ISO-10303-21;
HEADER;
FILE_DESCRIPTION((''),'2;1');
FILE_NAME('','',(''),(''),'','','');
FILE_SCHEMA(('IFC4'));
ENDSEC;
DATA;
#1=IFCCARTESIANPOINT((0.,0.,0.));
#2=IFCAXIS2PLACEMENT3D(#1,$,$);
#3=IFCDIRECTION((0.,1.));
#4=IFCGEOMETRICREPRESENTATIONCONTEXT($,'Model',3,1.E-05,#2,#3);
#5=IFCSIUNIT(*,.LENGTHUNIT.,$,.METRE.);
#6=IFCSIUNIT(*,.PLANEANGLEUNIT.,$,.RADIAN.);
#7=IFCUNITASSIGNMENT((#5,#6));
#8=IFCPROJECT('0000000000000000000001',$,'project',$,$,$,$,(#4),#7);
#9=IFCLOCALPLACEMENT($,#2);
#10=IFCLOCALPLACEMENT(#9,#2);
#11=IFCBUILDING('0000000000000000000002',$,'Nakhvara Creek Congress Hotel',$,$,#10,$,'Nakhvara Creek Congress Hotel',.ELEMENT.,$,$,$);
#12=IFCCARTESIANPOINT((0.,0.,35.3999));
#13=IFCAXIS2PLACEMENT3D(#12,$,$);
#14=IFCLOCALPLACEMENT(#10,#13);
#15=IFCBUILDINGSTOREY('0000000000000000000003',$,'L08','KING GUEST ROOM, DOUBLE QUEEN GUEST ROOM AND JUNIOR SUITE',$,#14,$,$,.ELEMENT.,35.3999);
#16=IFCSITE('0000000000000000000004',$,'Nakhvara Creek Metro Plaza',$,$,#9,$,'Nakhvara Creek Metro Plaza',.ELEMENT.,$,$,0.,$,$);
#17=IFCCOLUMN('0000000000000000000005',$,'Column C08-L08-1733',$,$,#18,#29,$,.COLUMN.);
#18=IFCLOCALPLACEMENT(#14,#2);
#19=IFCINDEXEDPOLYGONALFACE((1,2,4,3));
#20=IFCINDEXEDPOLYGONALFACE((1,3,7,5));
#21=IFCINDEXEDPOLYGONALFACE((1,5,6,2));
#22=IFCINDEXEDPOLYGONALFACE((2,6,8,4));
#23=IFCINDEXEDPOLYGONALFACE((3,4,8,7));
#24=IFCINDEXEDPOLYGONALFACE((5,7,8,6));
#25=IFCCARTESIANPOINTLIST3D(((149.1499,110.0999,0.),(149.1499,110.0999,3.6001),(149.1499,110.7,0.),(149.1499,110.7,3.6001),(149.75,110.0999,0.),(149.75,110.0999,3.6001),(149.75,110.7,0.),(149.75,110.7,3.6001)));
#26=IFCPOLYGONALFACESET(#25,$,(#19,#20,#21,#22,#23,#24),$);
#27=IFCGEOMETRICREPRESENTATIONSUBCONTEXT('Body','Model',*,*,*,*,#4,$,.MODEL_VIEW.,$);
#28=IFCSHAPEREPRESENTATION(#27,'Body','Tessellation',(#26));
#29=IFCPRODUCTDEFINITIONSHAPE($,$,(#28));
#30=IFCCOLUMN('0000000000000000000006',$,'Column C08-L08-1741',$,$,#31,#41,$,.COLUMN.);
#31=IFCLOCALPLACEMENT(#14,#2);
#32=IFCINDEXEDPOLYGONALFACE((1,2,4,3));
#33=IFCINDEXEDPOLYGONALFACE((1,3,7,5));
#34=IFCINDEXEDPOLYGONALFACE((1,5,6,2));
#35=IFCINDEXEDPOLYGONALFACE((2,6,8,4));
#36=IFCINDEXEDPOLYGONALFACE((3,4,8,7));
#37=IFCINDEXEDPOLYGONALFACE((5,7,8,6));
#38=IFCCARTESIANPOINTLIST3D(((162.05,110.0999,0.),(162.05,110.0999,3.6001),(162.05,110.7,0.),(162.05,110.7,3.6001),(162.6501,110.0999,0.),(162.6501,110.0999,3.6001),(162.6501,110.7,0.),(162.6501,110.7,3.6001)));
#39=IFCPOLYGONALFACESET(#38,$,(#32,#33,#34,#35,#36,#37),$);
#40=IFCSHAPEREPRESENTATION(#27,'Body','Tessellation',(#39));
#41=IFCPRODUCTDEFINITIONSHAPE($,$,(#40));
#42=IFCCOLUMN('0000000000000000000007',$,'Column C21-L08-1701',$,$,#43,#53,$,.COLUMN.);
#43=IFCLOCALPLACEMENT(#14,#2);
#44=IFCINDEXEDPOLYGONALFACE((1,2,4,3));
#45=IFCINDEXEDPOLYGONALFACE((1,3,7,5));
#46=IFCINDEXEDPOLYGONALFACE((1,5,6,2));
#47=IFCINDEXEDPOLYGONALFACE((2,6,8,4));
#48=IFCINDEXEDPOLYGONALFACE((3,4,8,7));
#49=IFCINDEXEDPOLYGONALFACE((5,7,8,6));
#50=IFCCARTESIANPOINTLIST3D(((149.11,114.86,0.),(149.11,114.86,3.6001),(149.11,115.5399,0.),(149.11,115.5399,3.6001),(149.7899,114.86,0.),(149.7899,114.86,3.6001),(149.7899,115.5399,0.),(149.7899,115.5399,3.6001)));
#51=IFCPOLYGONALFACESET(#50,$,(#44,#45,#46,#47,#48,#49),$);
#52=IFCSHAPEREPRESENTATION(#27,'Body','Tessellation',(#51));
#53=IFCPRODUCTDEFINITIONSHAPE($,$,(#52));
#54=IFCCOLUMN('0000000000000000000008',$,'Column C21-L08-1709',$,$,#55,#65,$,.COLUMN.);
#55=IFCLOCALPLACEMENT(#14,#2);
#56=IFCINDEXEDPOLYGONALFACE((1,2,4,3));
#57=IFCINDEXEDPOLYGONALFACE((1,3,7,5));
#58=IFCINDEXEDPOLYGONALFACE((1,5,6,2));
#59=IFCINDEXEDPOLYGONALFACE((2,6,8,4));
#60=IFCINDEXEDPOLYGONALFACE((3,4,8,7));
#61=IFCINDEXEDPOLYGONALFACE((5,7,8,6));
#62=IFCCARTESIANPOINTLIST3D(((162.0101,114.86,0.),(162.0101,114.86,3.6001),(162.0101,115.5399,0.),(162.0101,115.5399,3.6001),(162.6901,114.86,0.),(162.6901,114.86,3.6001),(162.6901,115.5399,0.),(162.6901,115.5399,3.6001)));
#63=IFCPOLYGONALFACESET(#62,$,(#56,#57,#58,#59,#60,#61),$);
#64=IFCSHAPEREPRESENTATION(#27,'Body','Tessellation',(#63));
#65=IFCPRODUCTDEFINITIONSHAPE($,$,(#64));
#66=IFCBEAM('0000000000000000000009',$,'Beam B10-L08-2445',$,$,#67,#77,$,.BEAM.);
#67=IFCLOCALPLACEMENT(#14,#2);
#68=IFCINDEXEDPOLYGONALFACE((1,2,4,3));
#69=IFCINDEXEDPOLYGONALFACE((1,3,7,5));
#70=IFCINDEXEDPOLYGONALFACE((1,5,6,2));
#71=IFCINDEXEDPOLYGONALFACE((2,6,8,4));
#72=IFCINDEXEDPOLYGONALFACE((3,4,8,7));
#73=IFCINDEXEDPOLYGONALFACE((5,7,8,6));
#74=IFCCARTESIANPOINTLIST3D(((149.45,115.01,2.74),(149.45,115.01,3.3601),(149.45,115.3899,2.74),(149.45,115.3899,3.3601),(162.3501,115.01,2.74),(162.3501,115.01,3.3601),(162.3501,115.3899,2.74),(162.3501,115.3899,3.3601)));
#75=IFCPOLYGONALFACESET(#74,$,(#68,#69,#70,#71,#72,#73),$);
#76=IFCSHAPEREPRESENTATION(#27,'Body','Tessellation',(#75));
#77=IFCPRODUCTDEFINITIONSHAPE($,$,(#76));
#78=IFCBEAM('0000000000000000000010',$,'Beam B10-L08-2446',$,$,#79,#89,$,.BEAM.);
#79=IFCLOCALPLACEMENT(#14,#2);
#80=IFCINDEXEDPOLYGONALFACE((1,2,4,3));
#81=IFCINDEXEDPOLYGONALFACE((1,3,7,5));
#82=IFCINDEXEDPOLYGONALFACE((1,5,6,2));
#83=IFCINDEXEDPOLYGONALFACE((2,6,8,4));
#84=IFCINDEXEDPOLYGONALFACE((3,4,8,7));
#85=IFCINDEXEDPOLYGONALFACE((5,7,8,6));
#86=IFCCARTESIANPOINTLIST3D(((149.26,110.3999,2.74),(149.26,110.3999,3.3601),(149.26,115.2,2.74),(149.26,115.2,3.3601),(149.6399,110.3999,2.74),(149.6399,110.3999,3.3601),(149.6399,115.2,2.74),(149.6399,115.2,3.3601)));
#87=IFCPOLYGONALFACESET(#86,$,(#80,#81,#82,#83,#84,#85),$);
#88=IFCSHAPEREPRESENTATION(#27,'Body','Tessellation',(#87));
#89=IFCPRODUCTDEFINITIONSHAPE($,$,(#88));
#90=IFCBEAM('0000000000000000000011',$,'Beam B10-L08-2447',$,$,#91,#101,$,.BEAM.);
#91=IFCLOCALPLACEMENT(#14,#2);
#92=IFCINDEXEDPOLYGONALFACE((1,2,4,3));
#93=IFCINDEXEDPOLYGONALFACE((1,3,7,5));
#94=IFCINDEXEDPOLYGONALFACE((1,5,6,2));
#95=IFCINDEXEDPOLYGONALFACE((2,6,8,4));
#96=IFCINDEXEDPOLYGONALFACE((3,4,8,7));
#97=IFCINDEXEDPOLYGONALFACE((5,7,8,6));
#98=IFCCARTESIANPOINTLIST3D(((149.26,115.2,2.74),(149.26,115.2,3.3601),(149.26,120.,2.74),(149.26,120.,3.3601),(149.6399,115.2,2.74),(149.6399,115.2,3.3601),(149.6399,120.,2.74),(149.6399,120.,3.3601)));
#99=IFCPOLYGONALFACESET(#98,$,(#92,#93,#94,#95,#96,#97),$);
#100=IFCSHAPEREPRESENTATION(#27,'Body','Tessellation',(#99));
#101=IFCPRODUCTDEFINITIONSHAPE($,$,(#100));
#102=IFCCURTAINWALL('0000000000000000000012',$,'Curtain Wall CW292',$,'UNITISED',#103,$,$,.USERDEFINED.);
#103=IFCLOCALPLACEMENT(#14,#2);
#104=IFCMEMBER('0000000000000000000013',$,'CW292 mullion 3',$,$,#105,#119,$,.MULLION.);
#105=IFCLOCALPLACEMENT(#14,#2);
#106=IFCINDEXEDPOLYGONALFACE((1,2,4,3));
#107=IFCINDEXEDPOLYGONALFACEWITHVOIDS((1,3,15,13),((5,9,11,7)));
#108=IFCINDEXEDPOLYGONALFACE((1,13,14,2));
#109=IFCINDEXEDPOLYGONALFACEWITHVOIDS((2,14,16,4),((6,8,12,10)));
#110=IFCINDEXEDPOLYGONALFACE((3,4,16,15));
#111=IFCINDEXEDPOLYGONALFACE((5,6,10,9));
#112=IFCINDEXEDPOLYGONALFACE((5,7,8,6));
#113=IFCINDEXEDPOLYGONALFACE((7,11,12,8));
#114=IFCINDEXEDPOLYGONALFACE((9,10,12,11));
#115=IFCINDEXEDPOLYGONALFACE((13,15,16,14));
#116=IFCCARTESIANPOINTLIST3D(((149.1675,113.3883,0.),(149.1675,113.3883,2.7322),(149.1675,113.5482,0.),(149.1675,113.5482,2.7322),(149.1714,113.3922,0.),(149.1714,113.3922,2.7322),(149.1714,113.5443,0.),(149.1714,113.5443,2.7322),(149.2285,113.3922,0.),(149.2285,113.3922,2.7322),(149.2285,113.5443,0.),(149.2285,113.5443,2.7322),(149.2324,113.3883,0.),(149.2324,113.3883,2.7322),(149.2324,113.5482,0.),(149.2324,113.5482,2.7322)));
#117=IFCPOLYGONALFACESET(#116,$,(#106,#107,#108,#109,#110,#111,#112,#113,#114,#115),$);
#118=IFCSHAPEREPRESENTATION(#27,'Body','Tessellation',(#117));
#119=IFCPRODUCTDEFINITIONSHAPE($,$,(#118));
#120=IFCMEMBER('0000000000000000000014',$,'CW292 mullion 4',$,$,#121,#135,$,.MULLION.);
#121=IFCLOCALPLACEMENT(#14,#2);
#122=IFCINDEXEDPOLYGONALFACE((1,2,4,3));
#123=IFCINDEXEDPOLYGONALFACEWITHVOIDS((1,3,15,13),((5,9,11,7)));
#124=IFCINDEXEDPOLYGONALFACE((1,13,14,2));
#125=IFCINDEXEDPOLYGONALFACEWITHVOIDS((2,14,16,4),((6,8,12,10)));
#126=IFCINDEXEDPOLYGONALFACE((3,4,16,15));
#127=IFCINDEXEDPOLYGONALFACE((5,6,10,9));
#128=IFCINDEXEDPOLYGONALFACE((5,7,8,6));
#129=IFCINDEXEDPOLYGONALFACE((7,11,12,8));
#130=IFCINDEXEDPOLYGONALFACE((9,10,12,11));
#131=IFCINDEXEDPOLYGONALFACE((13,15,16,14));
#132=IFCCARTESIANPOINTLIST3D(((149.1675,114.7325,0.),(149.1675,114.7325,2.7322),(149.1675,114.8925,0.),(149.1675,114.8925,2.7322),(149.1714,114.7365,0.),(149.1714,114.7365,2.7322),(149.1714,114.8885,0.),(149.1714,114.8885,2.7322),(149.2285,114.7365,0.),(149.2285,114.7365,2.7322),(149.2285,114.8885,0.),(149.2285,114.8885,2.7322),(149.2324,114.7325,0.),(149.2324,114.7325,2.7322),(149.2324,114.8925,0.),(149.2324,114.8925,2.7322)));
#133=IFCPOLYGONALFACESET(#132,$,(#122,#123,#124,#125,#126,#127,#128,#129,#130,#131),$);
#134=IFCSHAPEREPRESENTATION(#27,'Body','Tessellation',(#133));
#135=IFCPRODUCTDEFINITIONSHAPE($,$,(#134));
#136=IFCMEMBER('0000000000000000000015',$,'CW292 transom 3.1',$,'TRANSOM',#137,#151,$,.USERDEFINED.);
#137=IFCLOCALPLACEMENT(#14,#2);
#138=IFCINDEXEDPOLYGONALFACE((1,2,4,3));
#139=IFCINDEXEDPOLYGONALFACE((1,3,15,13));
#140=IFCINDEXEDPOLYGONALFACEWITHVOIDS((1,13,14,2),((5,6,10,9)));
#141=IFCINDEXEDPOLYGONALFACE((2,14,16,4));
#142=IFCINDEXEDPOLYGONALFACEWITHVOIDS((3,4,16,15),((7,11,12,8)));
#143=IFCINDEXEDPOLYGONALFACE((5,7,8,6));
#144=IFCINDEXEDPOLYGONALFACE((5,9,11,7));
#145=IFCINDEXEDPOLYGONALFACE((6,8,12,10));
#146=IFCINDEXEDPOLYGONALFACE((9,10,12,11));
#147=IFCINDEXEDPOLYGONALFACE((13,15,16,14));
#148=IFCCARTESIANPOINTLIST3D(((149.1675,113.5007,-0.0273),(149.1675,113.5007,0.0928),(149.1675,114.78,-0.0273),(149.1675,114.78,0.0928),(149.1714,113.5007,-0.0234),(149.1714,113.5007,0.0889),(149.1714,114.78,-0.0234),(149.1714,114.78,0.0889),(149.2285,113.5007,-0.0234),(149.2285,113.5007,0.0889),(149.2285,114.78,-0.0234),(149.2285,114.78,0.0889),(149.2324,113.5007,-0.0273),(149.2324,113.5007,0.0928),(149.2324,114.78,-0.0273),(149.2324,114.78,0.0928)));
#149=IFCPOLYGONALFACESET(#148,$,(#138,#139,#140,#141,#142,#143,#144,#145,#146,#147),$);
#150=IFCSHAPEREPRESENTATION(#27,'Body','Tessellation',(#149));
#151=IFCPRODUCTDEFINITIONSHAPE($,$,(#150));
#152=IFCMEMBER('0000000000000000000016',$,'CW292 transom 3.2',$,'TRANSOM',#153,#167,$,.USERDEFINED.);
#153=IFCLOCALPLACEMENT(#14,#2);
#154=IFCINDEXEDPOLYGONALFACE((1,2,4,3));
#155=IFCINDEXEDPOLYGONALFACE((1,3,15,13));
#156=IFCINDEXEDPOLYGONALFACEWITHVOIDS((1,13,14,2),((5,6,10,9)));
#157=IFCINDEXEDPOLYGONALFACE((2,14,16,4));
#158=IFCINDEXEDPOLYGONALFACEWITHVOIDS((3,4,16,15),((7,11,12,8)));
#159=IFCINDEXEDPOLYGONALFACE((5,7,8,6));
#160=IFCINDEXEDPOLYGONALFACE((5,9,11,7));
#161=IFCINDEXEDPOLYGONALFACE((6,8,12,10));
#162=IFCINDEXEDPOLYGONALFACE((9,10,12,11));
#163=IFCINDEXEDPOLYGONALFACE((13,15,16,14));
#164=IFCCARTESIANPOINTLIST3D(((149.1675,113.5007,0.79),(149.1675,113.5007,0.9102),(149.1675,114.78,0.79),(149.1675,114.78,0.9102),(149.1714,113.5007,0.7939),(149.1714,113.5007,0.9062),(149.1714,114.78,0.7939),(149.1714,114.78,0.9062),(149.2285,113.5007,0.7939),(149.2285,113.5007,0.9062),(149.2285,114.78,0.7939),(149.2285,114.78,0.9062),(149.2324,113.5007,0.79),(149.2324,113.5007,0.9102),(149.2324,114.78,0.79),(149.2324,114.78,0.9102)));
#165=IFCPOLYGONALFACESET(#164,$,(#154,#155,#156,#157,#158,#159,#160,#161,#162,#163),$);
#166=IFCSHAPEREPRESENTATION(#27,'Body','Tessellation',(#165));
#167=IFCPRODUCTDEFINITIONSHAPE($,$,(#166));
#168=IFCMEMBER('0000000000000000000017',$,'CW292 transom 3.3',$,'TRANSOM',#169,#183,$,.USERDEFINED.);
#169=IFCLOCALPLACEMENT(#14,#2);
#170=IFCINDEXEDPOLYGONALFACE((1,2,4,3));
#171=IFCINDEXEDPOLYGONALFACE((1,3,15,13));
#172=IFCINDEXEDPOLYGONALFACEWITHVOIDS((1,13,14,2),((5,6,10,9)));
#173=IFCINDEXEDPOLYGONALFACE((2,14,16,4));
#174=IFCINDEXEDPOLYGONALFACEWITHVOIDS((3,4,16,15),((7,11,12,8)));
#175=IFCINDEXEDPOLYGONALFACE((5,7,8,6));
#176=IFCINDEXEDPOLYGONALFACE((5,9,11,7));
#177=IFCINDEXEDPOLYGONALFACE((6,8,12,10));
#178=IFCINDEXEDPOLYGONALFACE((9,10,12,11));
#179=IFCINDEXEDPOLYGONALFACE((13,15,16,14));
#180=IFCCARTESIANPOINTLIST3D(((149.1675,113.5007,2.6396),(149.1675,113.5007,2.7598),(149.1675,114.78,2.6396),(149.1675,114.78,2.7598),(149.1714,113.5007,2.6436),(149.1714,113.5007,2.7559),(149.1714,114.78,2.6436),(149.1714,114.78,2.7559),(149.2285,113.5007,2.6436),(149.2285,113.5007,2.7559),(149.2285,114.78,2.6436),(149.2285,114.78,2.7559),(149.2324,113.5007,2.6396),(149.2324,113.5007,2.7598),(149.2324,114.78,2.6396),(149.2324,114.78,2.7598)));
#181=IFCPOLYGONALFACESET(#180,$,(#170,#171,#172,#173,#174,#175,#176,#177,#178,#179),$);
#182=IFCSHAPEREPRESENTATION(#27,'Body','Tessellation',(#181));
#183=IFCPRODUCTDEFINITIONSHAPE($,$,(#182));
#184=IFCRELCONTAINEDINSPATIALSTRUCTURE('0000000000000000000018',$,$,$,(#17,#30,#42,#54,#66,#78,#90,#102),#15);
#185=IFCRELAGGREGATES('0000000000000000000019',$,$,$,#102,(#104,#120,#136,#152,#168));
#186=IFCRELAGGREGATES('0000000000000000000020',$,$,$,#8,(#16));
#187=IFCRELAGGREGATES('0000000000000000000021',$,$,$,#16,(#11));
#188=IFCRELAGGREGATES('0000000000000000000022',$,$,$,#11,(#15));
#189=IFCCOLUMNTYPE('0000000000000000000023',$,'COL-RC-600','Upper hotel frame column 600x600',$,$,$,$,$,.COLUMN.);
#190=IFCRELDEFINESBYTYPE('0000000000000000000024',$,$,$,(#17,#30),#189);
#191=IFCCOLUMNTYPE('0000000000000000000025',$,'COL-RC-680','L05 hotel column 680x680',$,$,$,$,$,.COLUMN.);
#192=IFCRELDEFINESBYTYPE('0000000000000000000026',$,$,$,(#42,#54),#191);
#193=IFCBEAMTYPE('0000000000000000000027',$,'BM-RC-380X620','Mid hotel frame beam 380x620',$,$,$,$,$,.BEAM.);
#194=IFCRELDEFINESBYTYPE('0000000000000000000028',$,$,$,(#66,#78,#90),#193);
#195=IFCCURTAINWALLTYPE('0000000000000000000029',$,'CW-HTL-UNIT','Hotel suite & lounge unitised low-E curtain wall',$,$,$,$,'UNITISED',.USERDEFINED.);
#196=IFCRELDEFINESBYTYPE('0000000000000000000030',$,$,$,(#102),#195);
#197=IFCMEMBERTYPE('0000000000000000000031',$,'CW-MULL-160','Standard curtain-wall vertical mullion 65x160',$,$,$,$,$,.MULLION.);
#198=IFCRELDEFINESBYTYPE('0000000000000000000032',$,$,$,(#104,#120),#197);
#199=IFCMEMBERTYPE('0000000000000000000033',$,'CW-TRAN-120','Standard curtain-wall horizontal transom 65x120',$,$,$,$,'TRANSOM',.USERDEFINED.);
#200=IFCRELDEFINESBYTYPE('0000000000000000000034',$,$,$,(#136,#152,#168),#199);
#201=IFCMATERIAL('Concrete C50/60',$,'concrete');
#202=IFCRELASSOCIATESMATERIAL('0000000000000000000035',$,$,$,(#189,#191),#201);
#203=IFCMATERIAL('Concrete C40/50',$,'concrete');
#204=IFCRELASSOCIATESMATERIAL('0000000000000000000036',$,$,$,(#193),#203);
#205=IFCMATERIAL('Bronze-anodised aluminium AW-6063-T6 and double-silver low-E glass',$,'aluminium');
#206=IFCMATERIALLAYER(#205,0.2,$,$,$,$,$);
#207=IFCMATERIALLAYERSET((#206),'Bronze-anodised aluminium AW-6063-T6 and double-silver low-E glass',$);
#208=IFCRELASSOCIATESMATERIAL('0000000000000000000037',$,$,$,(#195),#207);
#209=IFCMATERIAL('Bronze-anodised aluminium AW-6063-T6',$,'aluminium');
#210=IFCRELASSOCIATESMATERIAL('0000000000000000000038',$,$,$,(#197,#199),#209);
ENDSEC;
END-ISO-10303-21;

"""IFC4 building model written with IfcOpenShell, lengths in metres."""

from ifc_helpers import new_model, si_unit, direction, frame, origin, origin_2d, place, context, subcontext, project, spatial, rectangle, hollow_rectangle, extrude, material, layer, layer_set, material_profile, profile_set, type_object, element, aggregate, save


model = new_model("IFC4")

# Units and contexts
model_context = context("Model", 3, precision=1e-05, world=origin(), true_north=direction((0.0, 1.0)))
body_context = subcontext(model_context, "Body", "Model", "MODEL_VIEW")
ifc_project = project(units=[si_unit("LENGTHUNIT", "METRE"), si_unit("PLANEANGLEUNIT", "RADIAN")], contexts=[model_context])

# Site, building, storey
site_placement = place(None, origin())
site = spatial("IfcSite", under=ifc_project, at=site_placement, Name="Nakhvara Creek Metro Plaza", LongName="Nakhvara Creek Metro Plaza", CompositionType="ELEMENT", RefElevation=0.0)
building_placement = place(site_placement, origin())
building = spatial("IfcBuilding", under=site, at=building_placement, Name="Nakhvara Creek Congress Hotel", LongName="Nakhvara Creek Congress Hotel", CompositionType="ELEMENT")
storey_placement = place(building_placement, frame((0.0, 0.0, 35.3999)))
storey = spatial("IfcBuildingStorey", under=building, at=storey_placement, Name="L08", Description="KING GUEST ROOM, DOUBLE QUEEN GUEST ROOM AND JUNIOR SUITE", CompositionType="ELEMENT", Elevation=35.3999)

# Columns
ifc_material_1 = material(Name="Concrete C50/60", Category="concrete")
ifc_material_profile_1 = material_profile(ifc_material_1, rectangle(XDim=0.6001, YDim=0.6001, at=origin_2d()), Name="RC-COL 600x600", Category="LoadBearing")
ifc_profile_set_1 = profile_set([ifc_material_profile_1], Name="Concrete C50/60")
column_type_1 = type_object("IfcColumnType", Name="COL-RC-600", Description="Upper hotel frame column 600x600", PredefinedType="COLUMN", material=ifc_profile_set_1)
for number, where, z_axis, x_axis, name in (
    (1, (149.45, 110.3999, 0.0), (0.0, 0.0, 1.0), (1.0, 0.0, 0.0), "Column C08-L08-1733"),
    (2, (162.3501, 110.3999, 0.0), (0.0, 0.0, 1.0), (1.0, 0.0, 0.0), "Column C08-L08-1741"),
):
    element("IfcColumn", number, at=place(storey_placement, frame(where, z_axis=z_axis, x_axis=x_axis)), inside=storey, type_object=column_type_1, Name=name, PredefinedType="COLUMN", context=body_context, shape_type="SweptSolid", body=[
        extrude(rectangle(XDim=0.6001, YDim=0.6001, at=origin_2d()), origin(), (0.0, 0.0, 1.0), 3.6001),
    ])
ifc_material_profile_2 = material_profile(ifc_material_1, rectangle(XDim=0.6799, YDim=0.6799, at=origin_2d()), Name="RC-COL 680x680", Category="LoadBearing")
ifc_profile_set_2 = profile_set([ifc_material_profile_2], Name="Concrete C50/60")
column_type_2 = type_object("IfcColumnType", Name="COL-RC-680", Description="L05 hotel column 680x680", PredefinedType="COLUMN", material=ifc_profile_set_2)
for number, where, z_axis, x_axis, name in (
    (3, (149.45, 115.2, 0.0), (0.0, 0.0, 1.0), (1.0, 0.0, 0.0), "Column C21-L08-1701"),
    (4, (162.3501, 115.2, 0.0), (0.0, 0.0, 1.0), (1.0, 0.0, 0.0), "Column C21-L08-1709"),
):
    element("IfcColumn", number, at=place(storey_placement, frame(where, z_axis=z_axis, x_axis=x_axis)), inside=storey, type_object=column_type_2, Name=name, PredefinedType="COLUMN", context=body_context, shape_type="SweptSolid", body=[
        extrude(rectangle(XDim=0.6799, YDim=0.6799, at=origin_2d()), origin(), (0.0, 0.0, 1.0), 3.6001),
    ])

# Beams
ifc_material_2 = material(Name="Concrete C40/50", Category="concrete")
ifc_material_profile_3 = material_profile(ifc_material_2, rectangle(XDim=0.3799, YDim=0.6201, at=origin_2d()), Name="RC-BM 380x620", Category="LoadBearing")
ifc_profile_set_3 = profile_set([ifc_material_profile_3], Name="Concrete C40/50")
beam_type = type_object("IfcBeamType", Name="BM-RC-380X620", Description="Mid hotel frame beam 380x620", PredefinedType="BEAM", material=ifc_profile_set_3)
beam_placement = place(storey_placement, frame((149.45, 115.2, 3.05), z_axis=(1.0, 0.0, 0.0), x_axis=(0.0, 1.0, 0.0)))
element("IfcBeam", 5, at=beam_placement, inside=storey, type_object=beam_type, Name="Beam B10-L08-2445", PredefinedType="BEAM", context=body_context, shape_type="SweptSolid", body=[
    extrude(rectangle(XDim=0.3799, YDim=0.6201, at=origin_2d()), origin(), (0.0, 0.0, 1.0), 12.9001),
])
for number, where, z_axis, x_axis, name in (
    (6, (149.45, 110.3999, 3.05), (0.0, 1.0, 0.0), (-1.0, 0.0, 0.0), "Beam B10-L08-2446"),
    (7, (149.45, 115.2, 3.05), (0.0, 1.0, 0.0), (-1.0, 0.0, 0.0), "Beam B10-L08-2447"),
):
    element("IfcBeam", number, at=place(storey_placement, frame(where, z_axis=z_axis, x_axis=x_axis)), inside=storey, type_object=beam_type, Name=name, PredefinedType="BEAM", context=body_context, shape_type="SweptSolid", body=[
        extrude(rectangle(XDim=0.3799, YDim=0.6201, at=origin_2d()), origin(), (0.0, 0.0, 1.0), 4.8),
    ])

# Curtain wall, members
ifc_material_3 = material(Name="Bronze-anodised aluminium AW-6063-T6 and double-silver low-E glass", Category="aluminium")
ifc_layer_1 = layer(ifc_material_3, 0.2)
ifc_layer_set_1 = layer_set([ifc_layer_1], Name="Bronze-anodised aluminium AW-6063-T6 and double-silver low-E glass")
curtain_wall_type = type_object("IfcCurtainWallType", Name="CW-HTL-UNIT", Description="Hotel suite & lounge unitised low-E curtain wall", ElementType="UNITISED", PredefinedType="USERDEFINED", material=ifc_layer_set_1)
curtain_wall_placement = place(storey_placement, origin())
curtain_wall = element("IfcCurtainWall", 8, at=curtain_wall_placement, inside=storey, type_object=curtain_wall_type, Name="Curtain Wall CW292", ObjectType="UNITISED", PredefinedType="USERDEFINED")
ifc_material_4 = material(Name="Bronze-anodised aluminium AW-6063-T6", Category="aluminium")
ifc_material_profile_4 = material_profile(ifc_material_4, hollow_rectangle(XDim=0.0649, YDim=0.1599, WallThickness=0.0039, at=origin_2d()), Name="ALU-MULL 65x160x4", Category="LoadBearing")
ifc_profile_set_4 = profile_set([ifc_material_profile_4], Name="Bronze-anodised aluminium AW-6063-T6")
member_type_1 = type_object("IfcMemberType", Name="CW-MULL-160", Description="Standard curtain-wall vertical mullion 65x160", PredefinedType="MULLION", material=ifc_profile_set_4)
member_1_placement = place(storey_placement, frame((149.2, 113.4683, 0.0), z_axis=(0.0, 0.0, 1.0), x_axis=(-1.0, 0.0, 0.0)))
member_1 = element("IfcMember", 9, at=member_1_placement, type_object=member_type_1, Name="CW292 mullion 3", PredefinedType="MULLION", context=body_context, shape_type="SweptSolid", body=[
    extrude(hollow_rectangle(XDim=0.0649, YDim=0.1599, WallThickness=0.0039, at=origin_2d()), origin(), (0.0, 0.0, 1.0), 2.7322),
])
member_2_placement = place(storey_placement, frame((149.2, 114.8125, 0.0), z_axis=(0.0, 0.0, 1.0), x_axis=(-1.0, 0.0, 0.0)))
member_2 = element("IfcMember", 10, at=member_2_placement, type_object=member_type_1, Name="CW292 mullion 4", PredefinedType="MULLION", context=body_context, shape_type="SweptSolid", body=[
    extrude(hollow_rectangle(XDim=0.0649, YDim=0.1599, WallThickness=0.0039, at=origin_2d()), origin(), (0.0, 0.0, 1.0), 2.7322),
])
ifc_material_profile_5 = material_profile(ifc_material_4, hollow_rectangle(XDim=0.0649, YDim=0.1201, WallThickness=0.0039, at=origin_2d()), Name="ALU-TRAN 65x120x4", Category="LoadBearing")
ifc_profile_set_5 = profile_set([ifc_material_profile_5], Name="Bronze-anodised aluminium AW-6063-T6")
member_type_2 = type_object("IfcMemberType", Name="CW-TRAN-120", Description="Standard curtain-wall horizontal transom 65x120", ElementType="TRANSOM", PredefinedType="USERDEFINED", material=ifc_profile_set_5)
member_3_placement = place(storey_placement, frame((149.2, 113.5007, 0.0327), z_axis=(0.0, 1.0, 0.0), x_axis=(-1.0, 0.0, 0.0)))
member_3 = element("IfcMember", 11, at=member_3_placement, type_object=member_type_2, Name="CW292 transom 3.1", ObjectType="TRANSOM", PredefinedType="USERDEFINED", context=body_context, shape_type="SweptSolid", body=[
    extrude(hollow_rectangle(XDim=0.0649, YDim=0.1201, WallThickness=0.0039, at=origin_2d()), origin(), (0.0, 0.0, 1.0), 1.2793),
])
member_4_placement = place(storey_placement, frame((149.2, 113.5007, 0.8501), z_axis=(0.0, 1.0, 0.0), x_axis=(-1.0, 0.0, 0.0)))
member_4 = element("IfcMember", 12, at=member_4_placement, type_object=member_type_2, Name="CW292 transom 3.2", ObjectType="TRANSOM", PredefinedType="USERDEFINED", context=body_context, shape_type="SweptSolid", body=[
    extrude(hollow_rectangle(XDim=0.0649, YDim=0.1201, WallThickness=0.0039, at=origin_2d()), origin(), (0.0, 0.0, 1.0), 1.2793),
])
member_5_placement = place(storey_placement, frame((149.2, 113.5007, 2.6997), z_axis=(0.0, 1.0, 0.0), x_axis=(-1.0, 0.0, 0.0)))
member_5 = element("IfcMember", 13, at=member_5_placement, type_object=member_type_2, Name="CW292 transom 3.3", ObjectType="TRANSOM", PredefinedType="USERDEFINED", context=body_context, shape_type="SweptSolid", body=[
    extrude(hollow_rectangle(XDim=0.0649, YDim=0.1201, WallThickness=0.0039, at=origin_2d()), origin(), (0.0, 0.0, 1.0), 1.2793),
])
aggregate(curtain_wall, [member_1, member_2, member_3, member_4, member_5])

save(model, "model.ifc")
